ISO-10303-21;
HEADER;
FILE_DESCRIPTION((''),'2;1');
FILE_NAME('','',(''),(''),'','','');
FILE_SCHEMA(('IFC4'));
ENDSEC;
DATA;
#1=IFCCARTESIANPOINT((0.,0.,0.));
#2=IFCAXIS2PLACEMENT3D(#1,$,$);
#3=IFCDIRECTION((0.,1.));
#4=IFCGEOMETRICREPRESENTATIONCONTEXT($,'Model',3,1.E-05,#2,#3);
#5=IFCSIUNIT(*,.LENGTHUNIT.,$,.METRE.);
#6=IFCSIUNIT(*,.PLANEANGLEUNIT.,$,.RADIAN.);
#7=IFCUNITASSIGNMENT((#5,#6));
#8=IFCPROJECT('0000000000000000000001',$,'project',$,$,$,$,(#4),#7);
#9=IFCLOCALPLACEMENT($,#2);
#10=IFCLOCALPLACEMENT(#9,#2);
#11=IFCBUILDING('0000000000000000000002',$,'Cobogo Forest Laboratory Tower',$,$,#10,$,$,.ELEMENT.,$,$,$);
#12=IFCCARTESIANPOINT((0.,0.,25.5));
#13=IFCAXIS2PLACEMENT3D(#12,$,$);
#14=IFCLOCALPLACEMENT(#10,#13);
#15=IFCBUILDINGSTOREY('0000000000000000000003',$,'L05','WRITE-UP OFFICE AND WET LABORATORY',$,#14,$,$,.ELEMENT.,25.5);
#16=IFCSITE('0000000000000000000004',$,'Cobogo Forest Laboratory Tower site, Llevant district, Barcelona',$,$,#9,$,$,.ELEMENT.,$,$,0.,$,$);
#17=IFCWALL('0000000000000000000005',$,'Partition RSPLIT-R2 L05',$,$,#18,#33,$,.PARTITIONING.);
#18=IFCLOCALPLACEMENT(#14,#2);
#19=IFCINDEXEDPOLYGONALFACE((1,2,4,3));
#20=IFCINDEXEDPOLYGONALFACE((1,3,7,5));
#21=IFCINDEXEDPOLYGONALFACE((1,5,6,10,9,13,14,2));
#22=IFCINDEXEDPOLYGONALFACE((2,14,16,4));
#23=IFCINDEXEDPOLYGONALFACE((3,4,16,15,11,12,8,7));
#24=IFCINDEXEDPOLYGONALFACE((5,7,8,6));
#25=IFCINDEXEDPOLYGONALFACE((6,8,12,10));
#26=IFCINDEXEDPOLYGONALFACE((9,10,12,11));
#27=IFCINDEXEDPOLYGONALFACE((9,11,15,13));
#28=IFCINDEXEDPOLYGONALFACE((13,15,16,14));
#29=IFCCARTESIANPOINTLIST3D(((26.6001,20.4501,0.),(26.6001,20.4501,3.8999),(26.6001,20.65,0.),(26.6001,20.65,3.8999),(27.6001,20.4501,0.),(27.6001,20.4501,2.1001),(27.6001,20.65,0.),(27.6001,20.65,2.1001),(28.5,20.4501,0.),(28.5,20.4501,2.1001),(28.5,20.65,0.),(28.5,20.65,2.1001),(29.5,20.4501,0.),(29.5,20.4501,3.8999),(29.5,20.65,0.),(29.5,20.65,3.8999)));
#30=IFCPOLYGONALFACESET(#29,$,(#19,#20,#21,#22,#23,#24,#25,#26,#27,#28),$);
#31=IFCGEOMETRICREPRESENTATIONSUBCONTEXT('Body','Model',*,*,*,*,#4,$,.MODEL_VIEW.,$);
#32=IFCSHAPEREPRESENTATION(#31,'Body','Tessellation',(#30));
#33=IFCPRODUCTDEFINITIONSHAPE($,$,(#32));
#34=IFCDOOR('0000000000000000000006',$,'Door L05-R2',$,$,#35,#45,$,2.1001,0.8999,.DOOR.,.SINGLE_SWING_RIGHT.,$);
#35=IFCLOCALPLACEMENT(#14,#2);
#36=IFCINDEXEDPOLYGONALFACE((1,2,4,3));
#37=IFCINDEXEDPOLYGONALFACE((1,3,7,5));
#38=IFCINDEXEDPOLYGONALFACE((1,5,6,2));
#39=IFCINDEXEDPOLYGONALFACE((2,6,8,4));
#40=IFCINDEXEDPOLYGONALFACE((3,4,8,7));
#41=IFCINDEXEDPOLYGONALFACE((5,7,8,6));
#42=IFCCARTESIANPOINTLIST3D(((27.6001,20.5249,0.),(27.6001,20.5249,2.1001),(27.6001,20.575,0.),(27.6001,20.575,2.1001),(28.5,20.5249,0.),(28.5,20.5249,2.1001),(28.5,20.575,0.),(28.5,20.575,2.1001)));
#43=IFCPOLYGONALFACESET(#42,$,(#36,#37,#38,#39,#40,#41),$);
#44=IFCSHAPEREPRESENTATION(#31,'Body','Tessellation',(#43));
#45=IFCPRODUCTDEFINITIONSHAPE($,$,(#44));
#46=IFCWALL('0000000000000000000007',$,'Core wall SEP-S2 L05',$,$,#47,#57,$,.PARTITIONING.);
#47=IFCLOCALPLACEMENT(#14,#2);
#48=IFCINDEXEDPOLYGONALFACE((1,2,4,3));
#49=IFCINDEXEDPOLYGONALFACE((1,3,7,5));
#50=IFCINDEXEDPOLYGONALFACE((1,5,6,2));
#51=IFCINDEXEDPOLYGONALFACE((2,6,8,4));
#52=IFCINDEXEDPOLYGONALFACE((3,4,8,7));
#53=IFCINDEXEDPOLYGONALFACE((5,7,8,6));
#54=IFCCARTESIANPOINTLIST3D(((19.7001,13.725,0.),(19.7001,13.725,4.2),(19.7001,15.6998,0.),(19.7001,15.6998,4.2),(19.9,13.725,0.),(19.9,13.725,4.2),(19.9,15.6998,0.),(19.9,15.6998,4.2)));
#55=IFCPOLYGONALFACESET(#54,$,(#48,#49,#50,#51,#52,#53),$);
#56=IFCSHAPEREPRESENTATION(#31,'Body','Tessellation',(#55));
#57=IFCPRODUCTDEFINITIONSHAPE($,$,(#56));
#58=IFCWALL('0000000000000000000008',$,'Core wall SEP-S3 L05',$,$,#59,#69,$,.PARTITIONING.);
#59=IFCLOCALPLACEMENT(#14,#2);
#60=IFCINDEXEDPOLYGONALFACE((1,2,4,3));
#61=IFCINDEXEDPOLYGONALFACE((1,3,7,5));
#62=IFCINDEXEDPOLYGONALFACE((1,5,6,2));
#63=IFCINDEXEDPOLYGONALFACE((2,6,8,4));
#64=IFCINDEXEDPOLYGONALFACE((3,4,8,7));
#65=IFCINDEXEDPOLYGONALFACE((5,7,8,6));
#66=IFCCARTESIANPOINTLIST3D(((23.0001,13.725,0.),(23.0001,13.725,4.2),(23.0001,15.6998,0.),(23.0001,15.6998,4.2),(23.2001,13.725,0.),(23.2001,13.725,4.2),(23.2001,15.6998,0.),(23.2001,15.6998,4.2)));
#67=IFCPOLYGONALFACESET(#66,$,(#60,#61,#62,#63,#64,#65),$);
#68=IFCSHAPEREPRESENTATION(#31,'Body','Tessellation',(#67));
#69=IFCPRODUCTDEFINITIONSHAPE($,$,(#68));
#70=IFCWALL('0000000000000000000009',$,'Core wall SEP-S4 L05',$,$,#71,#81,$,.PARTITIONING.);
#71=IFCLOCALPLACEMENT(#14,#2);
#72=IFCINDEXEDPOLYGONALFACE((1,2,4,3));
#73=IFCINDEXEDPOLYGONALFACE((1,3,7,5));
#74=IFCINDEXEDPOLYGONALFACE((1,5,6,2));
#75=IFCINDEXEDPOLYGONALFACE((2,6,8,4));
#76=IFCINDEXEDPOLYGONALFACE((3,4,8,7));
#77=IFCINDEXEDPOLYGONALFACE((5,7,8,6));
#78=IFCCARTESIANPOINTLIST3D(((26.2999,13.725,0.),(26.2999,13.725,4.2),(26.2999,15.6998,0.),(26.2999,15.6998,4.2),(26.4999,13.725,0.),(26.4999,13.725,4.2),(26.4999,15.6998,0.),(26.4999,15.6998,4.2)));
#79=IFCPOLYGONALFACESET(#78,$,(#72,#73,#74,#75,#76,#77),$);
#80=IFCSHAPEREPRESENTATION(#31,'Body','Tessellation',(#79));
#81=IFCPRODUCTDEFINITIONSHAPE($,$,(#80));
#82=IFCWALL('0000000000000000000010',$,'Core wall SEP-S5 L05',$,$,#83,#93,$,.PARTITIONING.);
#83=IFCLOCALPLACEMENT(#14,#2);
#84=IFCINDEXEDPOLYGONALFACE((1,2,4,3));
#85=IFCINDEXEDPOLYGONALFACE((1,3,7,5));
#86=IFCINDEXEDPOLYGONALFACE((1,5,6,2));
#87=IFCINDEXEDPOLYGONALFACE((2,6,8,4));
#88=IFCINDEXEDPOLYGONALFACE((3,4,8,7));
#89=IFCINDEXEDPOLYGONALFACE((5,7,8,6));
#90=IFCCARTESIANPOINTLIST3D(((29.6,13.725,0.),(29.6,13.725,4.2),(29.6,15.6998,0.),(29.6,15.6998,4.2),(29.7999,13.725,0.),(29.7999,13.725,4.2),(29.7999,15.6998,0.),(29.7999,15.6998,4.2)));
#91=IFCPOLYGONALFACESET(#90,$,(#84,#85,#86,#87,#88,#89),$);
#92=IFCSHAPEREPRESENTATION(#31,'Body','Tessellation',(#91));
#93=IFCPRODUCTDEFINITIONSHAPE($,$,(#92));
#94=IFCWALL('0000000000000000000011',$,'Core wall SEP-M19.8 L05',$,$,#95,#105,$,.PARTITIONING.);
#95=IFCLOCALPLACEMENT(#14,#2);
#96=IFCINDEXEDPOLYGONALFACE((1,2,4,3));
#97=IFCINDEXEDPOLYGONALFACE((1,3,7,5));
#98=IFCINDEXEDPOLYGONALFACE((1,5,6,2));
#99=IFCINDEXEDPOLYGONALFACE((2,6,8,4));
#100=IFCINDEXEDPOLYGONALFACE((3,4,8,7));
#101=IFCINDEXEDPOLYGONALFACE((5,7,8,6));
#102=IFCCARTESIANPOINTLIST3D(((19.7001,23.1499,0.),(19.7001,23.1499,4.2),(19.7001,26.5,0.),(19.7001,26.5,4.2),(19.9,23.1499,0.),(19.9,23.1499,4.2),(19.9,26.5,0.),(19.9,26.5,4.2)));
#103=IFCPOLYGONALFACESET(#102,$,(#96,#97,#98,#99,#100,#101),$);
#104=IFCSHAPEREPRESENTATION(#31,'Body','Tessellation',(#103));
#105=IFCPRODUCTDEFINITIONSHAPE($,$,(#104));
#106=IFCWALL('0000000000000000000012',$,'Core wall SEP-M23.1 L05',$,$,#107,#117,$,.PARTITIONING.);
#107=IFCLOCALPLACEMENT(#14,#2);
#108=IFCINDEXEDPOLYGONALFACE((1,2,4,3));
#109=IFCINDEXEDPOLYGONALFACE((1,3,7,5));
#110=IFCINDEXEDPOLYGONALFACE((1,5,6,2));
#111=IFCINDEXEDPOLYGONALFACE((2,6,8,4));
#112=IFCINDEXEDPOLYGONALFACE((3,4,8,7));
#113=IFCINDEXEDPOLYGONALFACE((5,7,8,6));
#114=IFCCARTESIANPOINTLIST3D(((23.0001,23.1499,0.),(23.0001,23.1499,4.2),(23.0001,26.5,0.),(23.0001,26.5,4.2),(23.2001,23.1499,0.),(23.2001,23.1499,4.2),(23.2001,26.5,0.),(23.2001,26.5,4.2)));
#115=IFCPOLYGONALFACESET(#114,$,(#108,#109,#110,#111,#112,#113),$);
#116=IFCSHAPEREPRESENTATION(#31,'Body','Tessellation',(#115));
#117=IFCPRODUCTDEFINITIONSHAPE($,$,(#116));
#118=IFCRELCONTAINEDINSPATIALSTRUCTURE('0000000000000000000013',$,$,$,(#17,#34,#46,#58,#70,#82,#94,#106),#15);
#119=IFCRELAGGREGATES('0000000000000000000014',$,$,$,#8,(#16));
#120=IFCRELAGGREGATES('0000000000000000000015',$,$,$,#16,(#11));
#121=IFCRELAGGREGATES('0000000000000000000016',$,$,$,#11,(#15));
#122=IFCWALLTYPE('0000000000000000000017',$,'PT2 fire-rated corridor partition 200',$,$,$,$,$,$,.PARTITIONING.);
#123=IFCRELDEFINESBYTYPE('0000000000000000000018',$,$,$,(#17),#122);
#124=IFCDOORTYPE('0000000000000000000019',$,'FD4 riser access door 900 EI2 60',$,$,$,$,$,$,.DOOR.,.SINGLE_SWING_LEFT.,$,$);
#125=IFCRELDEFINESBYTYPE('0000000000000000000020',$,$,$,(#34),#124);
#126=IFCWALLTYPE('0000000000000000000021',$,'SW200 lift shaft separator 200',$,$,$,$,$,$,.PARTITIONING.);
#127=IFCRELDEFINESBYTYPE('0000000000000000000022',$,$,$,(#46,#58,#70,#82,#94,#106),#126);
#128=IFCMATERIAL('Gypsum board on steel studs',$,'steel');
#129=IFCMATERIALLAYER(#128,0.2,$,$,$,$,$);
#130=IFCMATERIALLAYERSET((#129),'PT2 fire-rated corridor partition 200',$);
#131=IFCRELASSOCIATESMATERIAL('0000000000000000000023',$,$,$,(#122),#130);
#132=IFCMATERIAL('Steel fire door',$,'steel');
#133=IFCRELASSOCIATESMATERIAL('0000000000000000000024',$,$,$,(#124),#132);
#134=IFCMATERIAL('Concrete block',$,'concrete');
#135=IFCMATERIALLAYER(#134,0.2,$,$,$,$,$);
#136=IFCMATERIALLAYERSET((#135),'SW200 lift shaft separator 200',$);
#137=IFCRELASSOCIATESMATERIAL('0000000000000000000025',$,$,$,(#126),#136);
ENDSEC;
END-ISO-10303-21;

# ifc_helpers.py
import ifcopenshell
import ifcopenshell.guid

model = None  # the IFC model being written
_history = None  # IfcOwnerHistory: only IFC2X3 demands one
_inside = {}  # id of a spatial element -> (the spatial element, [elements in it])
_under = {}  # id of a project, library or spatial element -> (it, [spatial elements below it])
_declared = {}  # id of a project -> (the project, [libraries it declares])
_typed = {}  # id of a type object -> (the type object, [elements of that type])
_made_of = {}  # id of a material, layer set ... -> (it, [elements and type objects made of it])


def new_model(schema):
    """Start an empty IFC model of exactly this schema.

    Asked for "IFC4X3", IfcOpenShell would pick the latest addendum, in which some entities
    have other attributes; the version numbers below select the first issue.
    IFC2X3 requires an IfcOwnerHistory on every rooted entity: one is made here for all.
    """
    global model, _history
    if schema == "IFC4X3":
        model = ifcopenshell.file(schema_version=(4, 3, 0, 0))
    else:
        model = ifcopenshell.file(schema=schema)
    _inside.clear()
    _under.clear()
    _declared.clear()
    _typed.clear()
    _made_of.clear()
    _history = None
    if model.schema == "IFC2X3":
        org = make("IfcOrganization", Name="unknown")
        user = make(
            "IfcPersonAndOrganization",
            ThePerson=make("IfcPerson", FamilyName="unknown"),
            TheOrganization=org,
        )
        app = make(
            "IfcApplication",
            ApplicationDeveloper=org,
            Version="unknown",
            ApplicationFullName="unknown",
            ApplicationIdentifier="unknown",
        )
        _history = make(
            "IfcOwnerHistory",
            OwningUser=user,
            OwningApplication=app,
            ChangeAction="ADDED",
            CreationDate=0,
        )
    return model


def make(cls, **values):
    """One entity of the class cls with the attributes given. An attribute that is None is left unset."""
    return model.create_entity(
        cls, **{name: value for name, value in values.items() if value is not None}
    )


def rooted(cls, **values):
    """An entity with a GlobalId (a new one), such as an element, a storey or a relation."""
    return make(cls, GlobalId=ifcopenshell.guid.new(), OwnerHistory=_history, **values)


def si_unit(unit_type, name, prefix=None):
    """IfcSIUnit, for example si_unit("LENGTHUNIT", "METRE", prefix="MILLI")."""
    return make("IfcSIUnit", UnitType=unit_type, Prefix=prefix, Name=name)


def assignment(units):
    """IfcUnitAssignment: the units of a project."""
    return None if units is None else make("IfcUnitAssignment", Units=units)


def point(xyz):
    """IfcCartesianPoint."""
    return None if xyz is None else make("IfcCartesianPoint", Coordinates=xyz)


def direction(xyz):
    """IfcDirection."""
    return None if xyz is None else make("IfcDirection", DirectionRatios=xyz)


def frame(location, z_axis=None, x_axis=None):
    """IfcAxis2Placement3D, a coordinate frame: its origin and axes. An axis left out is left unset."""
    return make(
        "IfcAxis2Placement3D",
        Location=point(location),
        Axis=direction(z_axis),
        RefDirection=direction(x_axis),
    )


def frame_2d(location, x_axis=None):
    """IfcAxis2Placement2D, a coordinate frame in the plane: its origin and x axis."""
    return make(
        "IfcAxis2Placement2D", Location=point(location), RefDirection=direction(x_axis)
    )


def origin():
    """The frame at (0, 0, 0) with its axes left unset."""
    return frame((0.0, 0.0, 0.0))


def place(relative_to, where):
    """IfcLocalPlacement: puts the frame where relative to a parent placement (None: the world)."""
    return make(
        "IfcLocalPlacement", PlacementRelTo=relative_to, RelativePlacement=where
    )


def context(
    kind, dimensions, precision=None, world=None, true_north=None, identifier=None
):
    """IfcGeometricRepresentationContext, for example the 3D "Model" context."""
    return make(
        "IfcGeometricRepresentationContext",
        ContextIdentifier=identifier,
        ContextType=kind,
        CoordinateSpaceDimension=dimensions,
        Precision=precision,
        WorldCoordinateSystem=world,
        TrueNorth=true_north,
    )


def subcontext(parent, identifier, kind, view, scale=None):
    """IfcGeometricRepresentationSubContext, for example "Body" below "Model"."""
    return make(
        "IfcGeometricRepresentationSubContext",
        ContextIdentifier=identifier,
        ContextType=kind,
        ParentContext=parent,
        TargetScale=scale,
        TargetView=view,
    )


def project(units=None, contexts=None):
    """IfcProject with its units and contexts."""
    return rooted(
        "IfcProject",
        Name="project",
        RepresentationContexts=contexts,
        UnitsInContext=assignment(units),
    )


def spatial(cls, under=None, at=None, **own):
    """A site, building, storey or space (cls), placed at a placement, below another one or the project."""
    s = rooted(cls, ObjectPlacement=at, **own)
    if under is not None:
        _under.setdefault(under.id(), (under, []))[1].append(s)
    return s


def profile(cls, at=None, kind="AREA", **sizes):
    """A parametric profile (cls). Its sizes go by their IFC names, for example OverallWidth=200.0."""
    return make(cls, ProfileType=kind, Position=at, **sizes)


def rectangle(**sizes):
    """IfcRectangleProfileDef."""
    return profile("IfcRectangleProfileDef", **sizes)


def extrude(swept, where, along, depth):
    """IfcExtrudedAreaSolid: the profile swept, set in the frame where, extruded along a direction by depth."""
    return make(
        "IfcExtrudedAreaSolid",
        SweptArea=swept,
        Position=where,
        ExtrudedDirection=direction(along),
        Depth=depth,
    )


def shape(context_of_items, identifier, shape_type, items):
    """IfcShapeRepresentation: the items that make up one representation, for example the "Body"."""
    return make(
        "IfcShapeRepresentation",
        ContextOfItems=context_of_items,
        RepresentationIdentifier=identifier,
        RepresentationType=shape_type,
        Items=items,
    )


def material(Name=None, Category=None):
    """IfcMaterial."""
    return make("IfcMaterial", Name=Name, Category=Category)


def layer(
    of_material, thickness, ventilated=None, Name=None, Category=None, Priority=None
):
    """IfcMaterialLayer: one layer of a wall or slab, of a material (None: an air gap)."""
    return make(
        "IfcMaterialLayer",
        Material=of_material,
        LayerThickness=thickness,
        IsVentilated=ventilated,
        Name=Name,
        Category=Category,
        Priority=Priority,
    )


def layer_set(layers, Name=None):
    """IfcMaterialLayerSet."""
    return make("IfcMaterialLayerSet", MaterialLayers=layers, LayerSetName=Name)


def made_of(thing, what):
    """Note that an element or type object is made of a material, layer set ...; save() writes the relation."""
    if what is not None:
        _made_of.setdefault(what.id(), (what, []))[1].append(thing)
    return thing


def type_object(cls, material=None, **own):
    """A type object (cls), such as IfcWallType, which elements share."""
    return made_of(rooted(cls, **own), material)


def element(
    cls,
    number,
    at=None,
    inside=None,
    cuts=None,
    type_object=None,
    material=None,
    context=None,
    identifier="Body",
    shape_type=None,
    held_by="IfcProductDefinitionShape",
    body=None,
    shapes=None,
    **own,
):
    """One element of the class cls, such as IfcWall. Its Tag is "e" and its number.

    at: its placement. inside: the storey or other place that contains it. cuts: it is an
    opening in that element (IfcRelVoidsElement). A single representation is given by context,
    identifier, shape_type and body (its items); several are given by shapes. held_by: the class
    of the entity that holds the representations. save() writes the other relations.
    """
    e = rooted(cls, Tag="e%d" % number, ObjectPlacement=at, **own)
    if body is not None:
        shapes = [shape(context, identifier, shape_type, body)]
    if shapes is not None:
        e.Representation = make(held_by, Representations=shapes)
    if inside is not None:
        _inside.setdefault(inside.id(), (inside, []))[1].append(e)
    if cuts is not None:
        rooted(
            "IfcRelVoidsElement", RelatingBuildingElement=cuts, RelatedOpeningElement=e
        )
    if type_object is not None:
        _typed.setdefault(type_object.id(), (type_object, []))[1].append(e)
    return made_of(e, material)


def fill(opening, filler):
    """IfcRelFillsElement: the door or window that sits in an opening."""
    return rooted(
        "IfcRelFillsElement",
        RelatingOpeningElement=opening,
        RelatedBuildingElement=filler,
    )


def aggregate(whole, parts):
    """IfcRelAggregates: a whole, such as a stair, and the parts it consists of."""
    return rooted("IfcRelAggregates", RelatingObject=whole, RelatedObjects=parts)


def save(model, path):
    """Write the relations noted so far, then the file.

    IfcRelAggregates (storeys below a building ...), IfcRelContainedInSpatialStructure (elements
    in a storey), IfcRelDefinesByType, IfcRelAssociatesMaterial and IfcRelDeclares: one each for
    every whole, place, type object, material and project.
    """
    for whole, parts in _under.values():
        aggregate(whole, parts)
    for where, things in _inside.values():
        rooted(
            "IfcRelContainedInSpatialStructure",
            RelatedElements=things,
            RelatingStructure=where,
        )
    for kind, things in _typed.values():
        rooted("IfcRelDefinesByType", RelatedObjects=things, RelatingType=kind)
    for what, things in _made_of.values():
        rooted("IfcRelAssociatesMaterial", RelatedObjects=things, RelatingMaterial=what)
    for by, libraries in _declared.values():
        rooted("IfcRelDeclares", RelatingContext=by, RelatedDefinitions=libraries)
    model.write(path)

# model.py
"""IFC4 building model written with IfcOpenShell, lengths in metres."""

from ifc_helpers import new_model, si_unit, direction, frame, frame_2d, origin, place, context, subcontext, project, spatial, rectangle, extrude, material, layer, layer_set, type_object, element, fill, save


model = new_model("IFC4")

# Units and contexts
model_context = context("Model", 3, precision=1e-05, world=origin(), true_north=direction((0.0, 1.0)))
body_context = subcontext(model_context, "Body", "Model", "MODEL_VIEW")
ifc_project = project(units=[si_unit("LENGTHUNIT", "METRE"), si_unit("PLANEANGLEUNIT", "RADIAN")], contexts=[model_context])

# Site, building, storey
site_placement = place(None, origin())
site = spatial("IfcSite", under=ifc_project, at=site_placement, Name="Cobogo Forest Laboratory Tower site, Llevant district, Barcelona", CompositionType="ELEMENT", RefElevation=0.0)
building_placement = place(site_placement, origin())
building = spatial("IfcBuilding", under=site, at=building_placement, Name="Cobogo Forest Laboratory Tower", CompositionType="ELEMENT")
storey_placement = place(building_placement, frame((0.0, 0.0, 25.5)))
storey = spatial("IfcBuildingStorey", under=building, at=storey_placement, Name="L05", Description="WRITE-UP OFFICE AND WET LABORATORY", CompositionType="ELEMENT", Elevation=25.5)

# Shared definitions
ifc_material_1 = material(Name="Gypsum board on steel studs", Category="steel")

# Wall, opening, door
ifc_layer_1 = layer(ifc_material_1, 0.2)
ifc_layer_set_1 = layer_set([ifc_layer_1], Name="PT2 fire-rated corridor partition 200")
wall_type_1 = type_object("IfcWallType", Name="PT2 fire-rated corridor partition 200", PredefinedType="PARTITIONING", material=ifc_layer_set_1)
ifc_material_2 = material(Name="Steel fire door", Category="steel")
door_type_1 = type_object("IfcDoorType", Name="FD4 riser access door 900 EI2 60", OperationType="SINGLE_SWING_LEFT", PredefinedType="DOOR", material=ifc_material_2)
wall_1_placement = place(storey_placement, frame((26.6001, 20.55, 0.0), z_axis=(0.0, 0.0, 1.0), x_axis=(1.0, 0.0, 0.0)))
wall_1 = element("IfcWall", 1, at=wall_1_placement, inside=storey, type_object=wall_type_1, Name="Partition RSPLIT-R2 L05", PredefinedType="PARTITIONING", context=body_context, shape_type="SweptSolid", body=[
    extrude(rectangle(XDim=2.8999, YDim=0.2, at=frame_2d((1.45, 0.0))), origin(), (0.0, 0.0, 1.0), 3.8999),
])
opening_1_placement = place(wall_1_placement, frame((1.0, 0.0, 0.0)))
opening_1 = element("IfcOpeningElement", 2, at=opening_1_placement, cuts=wall_1, PredefinedType="OPENING", context=body_context, shape_type="SweptSolid", body=[
    extrude(rectangle(XDim=0.8999, YDim=2.1001, at=frame_2d((0.45, 1.05))), frame((0.0, 0.1099, 0.0), z_axis=(0.0, -1.0, 0.0), x_axis=(1.0, 0.0, 0.0)), (0.0, 0.0, 1.0), 0.22),
])
door_1_placement = place(opening_1_placement, origin())
door_1 = element("IfcDoor", 3, at=door_1_placement, inside=storey, type_object=door_type_1, Name="Door L05-R2", OperationType="SINGLE_SWING_RIGHT", OverallHeight=2.1001, OverallWidth=0.8999, PredefinedType="DOOR", context=body_context, shape_type="SweptSolid", body=[
    extrude(rectangle(XDim=0.8999, YDim=2.1001, at=frame_2d((0.45, 1.05))), frame((0.0, 0.0249, 0.0), z_axis=(0.0, -1.0, 0.0), x_axis=(1.0, 0.0, 0.0)), (0.0, 0.0, 1.0), 0.05),
])
fill(opening_1, door_1)

# Walls
ifc_material_3 = material(Name="Concrete block", Category="concrete")
ifc_layer_2 = layer(ifc_material_3, 0.2)
ifc_layer_set_2 = layer_set([ifc_layer_2], Name="SW200 lift shaft separator 200")
wall_type_2 = type_object("IfcWallType", Name="SW200 lift shaft separator 200", PredefinedType="PARTITIONING", material=ifc_layer_set_2)
for number, where, z_axis, x_axis, name in (
    (4, (19.8, 13.7251, 0.0), (0.0, 0.0, 1.0), (0.0, 1.0, 0.0), "Core wall SEP-S2 L05"),
    (5, (23.1001, 13.7251, 0.0), (0.0, 0.0, 1.0), (0.0, 1.0, 0.0), "Core wall SEP-S3 L05"),
    (6, (26.3999, 13.7251, 0.0), (0.0, 0.0, 1.0), (0.0, 1.0, 0.0), "Core wall SEP-S4 L05"),
    (7, (29.7, 13.7251, 0.0), (0.0, 0.0, 1.0), (0.0, 1.0, 0.0), "Core wall SEP-S5 L05"),
):
    element("IfcWall", number, at=place(storey_placement, frame(where, z_axis=z_axis, x_axis=x_axis)), inside=storey, type_object=wall_type_2, Name=name, PredefinedType="PARTITIONING", context=body_context, shape_type="SweptSolid", body=[
        extrude(rectangle(XDim=1.9749, YDim=0.2, at=frame_2d((0.9873, 0.0))), origin(), (0.0, 0.0, 1.0), 4.2),
    ])
for number, where, z_axis, x_axis, name in (
    (8, (19.8, 23.1499, 0.0), (0.0, 0.0, 1.0), (0.0, 1.0, 0.0), "Core wall SEP-M19.8 L05"),
    (9, (23.1001, 23.1499, 0.0), (0.0, 0.0, 1.0), (0.0, 1.0, 0.0), "Core wall SEP-M23.1 L05"),
):
    element("IfcWall", number, at=place(storey_placement, frame(where, z_axis=z_axis, x_axis=x_axis)), inside=storey, type_object=wall_type_2, Name=name, PredefinedType="PARTITIONING", context=body_context, shape_type="SweptSolid", body=[
        extrude(rectangle(XDim=3.3501, YDim=0.2, at=frame_2d((1.675, 0.0))), origin(), (0.0, 0.0, 1.0), 4.2),
    ])

save(model, "model.ifc")
